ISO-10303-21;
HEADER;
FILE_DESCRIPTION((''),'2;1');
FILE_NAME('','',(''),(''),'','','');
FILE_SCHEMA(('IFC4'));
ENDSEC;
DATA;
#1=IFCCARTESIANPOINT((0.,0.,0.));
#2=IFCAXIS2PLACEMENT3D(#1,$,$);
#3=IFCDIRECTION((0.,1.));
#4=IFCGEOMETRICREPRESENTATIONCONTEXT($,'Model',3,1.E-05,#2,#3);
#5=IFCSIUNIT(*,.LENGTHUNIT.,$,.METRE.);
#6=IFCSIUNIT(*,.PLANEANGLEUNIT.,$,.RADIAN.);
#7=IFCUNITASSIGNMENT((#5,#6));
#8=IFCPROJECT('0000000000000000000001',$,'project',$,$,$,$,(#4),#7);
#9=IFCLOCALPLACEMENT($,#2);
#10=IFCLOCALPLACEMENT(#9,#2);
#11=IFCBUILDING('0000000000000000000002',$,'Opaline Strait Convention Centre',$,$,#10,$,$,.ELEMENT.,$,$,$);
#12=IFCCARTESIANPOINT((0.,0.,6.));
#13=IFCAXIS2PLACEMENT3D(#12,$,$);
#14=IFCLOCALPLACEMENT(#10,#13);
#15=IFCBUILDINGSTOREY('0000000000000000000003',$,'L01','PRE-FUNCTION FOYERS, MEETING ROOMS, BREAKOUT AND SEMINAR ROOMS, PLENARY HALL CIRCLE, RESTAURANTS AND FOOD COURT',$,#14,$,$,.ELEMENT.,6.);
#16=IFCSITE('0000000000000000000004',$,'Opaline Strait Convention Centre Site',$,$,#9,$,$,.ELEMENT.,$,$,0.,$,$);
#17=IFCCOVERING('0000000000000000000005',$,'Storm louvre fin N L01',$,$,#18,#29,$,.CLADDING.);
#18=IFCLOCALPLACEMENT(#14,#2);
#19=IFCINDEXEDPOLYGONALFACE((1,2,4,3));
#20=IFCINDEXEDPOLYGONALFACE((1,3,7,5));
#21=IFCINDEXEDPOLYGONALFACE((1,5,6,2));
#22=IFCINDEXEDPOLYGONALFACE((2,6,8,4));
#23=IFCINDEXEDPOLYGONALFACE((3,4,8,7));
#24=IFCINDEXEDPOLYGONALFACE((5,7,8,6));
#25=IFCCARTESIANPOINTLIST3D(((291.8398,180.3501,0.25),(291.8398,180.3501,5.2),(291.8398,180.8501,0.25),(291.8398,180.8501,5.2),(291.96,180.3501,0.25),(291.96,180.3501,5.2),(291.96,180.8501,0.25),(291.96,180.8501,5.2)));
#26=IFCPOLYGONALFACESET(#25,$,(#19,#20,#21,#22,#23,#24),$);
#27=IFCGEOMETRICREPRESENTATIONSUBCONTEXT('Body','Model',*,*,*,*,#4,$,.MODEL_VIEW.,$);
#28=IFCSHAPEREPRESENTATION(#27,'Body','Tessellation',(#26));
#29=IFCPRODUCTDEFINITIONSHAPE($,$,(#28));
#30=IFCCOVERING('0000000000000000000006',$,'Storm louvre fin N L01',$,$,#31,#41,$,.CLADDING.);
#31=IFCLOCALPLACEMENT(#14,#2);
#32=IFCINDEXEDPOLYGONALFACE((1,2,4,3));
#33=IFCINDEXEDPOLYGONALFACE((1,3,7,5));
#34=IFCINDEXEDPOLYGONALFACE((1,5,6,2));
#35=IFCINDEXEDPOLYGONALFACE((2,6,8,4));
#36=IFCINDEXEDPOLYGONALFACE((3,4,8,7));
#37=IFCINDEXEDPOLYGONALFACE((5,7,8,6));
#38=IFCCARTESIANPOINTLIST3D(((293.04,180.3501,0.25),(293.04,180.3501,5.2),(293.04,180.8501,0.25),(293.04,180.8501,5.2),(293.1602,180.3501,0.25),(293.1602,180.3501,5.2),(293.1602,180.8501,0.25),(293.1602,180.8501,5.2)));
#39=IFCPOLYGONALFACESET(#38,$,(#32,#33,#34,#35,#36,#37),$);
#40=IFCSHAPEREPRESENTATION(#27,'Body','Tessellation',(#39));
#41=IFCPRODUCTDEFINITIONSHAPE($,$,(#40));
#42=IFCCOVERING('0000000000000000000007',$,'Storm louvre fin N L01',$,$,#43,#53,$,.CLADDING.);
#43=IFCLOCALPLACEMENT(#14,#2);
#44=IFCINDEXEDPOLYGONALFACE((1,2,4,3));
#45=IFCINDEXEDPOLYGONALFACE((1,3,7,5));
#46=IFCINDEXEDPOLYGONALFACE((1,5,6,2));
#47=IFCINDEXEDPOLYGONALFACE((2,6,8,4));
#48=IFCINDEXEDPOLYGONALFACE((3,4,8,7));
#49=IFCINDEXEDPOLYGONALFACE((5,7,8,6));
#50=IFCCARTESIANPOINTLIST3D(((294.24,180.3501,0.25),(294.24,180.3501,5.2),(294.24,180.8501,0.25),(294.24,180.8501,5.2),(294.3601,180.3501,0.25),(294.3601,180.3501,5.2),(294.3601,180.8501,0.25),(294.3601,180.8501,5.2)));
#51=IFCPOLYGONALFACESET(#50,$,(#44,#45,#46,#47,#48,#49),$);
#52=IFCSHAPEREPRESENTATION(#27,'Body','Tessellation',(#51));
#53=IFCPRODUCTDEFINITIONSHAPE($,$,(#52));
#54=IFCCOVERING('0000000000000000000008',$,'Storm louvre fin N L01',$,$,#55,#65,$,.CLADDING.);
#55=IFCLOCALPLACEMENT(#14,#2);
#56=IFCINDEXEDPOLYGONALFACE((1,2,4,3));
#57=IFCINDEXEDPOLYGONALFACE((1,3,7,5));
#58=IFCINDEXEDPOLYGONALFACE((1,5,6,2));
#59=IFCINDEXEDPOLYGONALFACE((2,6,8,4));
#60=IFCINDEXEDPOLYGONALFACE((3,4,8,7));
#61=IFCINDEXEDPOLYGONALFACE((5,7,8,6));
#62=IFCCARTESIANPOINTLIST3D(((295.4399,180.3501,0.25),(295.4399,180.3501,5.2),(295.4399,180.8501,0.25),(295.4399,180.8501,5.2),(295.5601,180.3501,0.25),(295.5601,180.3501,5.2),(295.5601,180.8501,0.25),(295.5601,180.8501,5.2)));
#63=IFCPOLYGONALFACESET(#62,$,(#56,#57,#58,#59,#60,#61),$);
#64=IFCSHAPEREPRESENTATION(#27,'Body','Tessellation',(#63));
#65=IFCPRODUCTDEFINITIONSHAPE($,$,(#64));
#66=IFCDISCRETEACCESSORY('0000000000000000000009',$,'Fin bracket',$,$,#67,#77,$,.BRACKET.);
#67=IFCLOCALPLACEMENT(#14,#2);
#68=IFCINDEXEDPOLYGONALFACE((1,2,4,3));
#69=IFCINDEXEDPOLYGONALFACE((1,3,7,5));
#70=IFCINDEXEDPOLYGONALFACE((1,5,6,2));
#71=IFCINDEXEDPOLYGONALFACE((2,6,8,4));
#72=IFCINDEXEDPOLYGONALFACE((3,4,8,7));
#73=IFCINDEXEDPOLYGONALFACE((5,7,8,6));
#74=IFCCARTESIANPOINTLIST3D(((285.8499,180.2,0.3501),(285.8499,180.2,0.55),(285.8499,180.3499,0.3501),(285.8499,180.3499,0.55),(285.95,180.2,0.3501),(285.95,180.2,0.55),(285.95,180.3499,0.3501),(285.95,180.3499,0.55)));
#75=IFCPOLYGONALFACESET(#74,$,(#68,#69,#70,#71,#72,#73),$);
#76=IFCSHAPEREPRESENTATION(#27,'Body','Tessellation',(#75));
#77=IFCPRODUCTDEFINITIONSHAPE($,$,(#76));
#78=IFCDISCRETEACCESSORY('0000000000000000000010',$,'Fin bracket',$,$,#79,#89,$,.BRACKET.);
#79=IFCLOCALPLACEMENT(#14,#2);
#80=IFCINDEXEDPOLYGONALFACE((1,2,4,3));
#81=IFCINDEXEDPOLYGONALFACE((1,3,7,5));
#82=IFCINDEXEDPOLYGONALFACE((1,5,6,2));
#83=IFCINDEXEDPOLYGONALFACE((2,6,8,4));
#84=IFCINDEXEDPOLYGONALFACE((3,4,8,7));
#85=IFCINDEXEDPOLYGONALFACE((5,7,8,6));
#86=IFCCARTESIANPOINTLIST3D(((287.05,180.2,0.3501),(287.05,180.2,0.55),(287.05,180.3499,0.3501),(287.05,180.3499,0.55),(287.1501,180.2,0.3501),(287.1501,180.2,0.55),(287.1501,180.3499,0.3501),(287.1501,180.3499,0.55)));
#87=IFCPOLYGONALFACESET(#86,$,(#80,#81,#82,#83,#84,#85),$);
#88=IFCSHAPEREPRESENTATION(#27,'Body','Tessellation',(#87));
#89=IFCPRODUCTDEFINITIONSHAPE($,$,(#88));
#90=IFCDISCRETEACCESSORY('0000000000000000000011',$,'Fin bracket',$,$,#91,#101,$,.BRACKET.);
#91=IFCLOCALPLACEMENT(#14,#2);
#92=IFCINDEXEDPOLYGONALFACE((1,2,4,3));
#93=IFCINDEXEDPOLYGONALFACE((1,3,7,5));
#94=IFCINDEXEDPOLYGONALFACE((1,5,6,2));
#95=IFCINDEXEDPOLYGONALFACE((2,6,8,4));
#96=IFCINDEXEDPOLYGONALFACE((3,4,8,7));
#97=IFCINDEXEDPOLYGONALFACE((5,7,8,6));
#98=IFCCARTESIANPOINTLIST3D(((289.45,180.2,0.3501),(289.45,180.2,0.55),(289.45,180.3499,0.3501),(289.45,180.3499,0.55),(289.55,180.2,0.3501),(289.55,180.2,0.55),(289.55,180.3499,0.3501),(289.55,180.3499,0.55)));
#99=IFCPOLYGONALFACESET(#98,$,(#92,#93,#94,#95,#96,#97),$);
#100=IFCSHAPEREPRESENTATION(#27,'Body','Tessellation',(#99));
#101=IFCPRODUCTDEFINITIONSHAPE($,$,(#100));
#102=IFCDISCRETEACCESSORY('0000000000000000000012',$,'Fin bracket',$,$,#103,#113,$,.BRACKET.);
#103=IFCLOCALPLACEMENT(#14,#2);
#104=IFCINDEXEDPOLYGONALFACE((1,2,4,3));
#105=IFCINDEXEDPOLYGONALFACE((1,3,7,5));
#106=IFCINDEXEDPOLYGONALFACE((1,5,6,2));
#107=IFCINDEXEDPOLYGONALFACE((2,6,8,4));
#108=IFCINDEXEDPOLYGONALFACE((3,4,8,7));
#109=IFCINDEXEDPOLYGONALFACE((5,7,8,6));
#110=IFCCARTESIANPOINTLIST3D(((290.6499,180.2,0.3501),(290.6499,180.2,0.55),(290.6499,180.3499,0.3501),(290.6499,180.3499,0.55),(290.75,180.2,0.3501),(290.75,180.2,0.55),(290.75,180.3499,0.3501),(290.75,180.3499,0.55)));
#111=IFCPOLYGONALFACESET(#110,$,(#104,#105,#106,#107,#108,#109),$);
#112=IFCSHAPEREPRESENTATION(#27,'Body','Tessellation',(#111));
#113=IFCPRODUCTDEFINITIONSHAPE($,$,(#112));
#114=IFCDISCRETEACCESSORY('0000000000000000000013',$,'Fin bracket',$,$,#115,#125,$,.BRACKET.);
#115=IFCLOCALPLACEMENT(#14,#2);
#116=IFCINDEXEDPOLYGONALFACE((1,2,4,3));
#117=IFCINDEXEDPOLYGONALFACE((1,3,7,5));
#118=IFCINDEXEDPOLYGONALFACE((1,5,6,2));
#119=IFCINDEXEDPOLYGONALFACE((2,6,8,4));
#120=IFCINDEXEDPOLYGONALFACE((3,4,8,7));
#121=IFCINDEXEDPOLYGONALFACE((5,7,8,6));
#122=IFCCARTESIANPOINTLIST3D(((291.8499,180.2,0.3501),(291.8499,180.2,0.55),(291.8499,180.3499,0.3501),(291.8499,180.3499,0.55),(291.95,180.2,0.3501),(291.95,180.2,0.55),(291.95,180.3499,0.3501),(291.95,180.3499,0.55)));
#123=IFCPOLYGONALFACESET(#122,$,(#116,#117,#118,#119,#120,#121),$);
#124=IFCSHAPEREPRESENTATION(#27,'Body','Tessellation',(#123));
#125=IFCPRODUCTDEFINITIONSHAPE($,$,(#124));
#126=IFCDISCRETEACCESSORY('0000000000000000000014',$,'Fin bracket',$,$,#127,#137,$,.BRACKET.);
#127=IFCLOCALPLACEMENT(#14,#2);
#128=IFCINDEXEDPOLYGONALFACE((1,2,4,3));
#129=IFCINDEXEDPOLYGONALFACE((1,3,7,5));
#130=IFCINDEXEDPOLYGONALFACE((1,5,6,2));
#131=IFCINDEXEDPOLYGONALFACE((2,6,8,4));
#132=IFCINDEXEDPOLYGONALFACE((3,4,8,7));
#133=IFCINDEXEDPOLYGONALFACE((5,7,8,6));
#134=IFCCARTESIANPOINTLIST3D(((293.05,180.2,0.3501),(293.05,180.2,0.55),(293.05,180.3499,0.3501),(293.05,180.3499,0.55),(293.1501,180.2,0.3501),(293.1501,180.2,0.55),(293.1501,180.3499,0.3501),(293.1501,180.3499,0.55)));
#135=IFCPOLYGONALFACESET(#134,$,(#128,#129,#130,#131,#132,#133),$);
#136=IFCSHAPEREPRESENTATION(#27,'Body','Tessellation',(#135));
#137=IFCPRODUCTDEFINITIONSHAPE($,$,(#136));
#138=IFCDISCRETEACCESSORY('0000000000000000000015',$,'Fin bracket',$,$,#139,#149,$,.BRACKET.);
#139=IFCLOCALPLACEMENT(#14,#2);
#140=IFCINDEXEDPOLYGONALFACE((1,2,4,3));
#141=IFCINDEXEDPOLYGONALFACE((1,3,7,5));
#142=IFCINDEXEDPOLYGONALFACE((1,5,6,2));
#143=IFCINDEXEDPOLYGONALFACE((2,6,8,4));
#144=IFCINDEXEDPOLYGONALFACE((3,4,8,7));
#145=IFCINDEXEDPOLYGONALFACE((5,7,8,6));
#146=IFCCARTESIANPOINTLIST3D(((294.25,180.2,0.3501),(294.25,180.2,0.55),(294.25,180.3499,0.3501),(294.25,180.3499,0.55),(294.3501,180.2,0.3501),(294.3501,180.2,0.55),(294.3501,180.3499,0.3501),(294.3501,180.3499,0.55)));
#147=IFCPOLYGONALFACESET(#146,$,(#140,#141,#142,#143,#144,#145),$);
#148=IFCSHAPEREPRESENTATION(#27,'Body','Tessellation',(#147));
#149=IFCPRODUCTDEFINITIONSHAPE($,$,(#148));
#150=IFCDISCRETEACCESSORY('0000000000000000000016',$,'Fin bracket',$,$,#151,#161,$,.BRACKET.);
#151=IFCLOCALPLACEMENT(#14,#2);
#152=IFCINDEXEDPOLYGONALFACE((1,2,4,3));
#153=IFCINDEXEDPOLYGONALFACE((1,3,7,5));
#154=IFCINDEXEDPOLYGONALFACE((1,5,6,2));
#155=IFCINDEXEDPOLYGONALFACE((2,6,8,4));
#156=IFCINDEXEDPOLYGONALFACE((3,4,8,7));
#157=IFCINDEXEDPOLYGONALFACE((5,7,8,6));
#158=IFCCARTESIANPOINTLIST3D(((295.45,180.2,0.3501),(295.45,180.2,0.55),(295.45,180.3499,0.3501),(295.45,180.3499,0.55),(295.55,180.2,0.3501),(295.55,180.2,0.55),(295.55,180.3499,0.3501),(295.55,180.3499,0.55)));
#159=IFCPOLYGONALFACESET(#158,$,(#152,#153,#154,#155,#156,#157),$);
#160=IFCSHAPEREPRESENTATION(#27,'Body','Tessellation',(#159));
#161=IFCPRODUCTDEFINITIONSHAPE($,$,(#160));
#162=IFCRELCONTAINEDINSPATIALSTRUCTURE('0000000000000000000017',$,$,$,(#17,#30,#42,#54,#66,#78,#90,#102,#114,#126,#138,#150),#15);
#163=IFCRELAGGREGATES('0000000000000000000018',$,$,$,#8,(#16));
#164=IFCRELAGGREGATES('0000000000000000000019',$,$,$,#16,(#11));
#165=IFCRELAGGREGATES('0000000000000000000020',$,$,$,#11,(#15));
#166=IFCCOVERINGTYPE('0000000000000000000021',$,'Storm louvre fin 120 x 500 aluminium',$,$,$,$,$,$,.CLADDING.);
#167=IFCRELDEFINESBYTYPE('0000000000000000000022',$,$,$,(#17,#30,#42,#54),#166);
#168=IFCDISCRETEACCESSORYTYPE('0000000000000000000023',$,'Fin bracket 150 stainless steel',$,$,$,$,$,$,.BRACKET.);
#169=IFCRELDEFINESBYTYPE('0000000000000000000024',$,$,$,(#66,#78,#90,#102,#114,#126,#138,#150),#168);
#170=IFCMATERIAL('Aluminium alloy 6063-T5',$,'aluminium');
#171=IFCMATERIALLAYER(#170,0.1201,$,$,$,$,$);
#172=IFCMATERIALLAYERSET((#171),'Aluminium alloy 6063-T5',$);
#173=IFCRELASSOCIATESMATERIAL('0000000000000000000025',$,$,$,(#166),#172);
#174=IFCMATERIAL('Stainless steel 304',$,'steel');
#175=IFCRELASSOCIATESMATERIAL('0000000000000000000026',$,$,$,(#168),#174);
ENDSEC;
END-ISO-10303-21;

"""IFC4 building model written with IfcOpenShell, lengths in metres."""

from ifc_helpers import new_model, si_unit, direction, frame, origin, origin_2d, place, context, subcontext, project, spatial, rectangle, extrude, material, layer, layer_set, type_object, element, save


model = new_model("IFC4")

# Units and contexts
model_context = context("Model", 3, precision=1e-05, world=origin(), true_north=direction((0.0, 1.0)))
body_context = subcontext(model_context, "Body", "Model", "MODEL_VIEW")
ifc_project = project(units=[si_unit("LENGTHUNIT", "METRE"), si_unit("PLANEANGLEUNIT", "RADIAN")], contexts=[model_context])

# Site, building, storey
site_placement = place(None, origin())
site = spatial("IfcSite", under=ifc_project, at=site_placement, Name="Opaline Strait Convention Centre Site", CompositionType="ELEMENT", RefElevation=0.0)
building_placement = place(site_placement, origin())
building = spatial("IfcBuilding", under=site, at=building_placement, Name="Opaline Strait Convention Centre", CompositionType="ELEMENT")
storey_placement = place(building_placement, frame((0.0, 0.0, 6.0)))
storey = spatial("IfcBuildingStorey", under=building, at=storey_placement, Name="L01", Description="PRE-FUNCTION FOYERS, MEETING ROOMS, BREAKOUT AND SEMINAR ROOMS, PLENARY HALL CIRCLE, RESTAURANTS AND FOOD COURT", CompositionType="ELEMENT", Elevation=6.0)

# Shared definitions
ifc_material_1 = material(Name="Stainless steel 304", Category="steel")

# Coverings
ifc_material_2 = material(Name="Aluminium alloy 6063-T5", Category="aluminium")
ifc_layer_1 = layer(ifc_material_2, 0.1201)
ifc_layer_set_1 = layer_set([ifc_layer_1], Name="Aluminium alloy 6063-T5")
covering_type = type_object("IfcCoveringType", Name="Storm louvre fin 120 x 500 aluminium", PredefinedType="CLADDING", material=ifc_layer_set_1)
for number, where, z_axis, x_axis, name in (
    (1, (291.8999, 180.6001, 0.25), (0.0, 0.0, 1.0), (1.0, 0.0, 0.0), "Storm louvre fin N L01"),
    (2, (293.1001, 180.6001, 0.25), (0.0, 0.0, 1.0), (1.0, 0.0, 0.0), "Storm louvre fin N L01"),
    (3, (294.3, 180.6001, 0.25), (0.0, 0.0, 1.0), (1.0, 0.0, 0.0), "Storm louvre fin N L01"),
    (4, (295.5, 180.6001, 0.25), (0.0, 0.0, 1.0), (1.0, 0.0, 0.0), "Storm louvre fin N L01"),
):
    element("IfcCovering", number, at=place(storey_placement, frame(where, z_axis=z_axis, x_axis=x_axis)), inside=storey, type_object=covering_type, Name=name, PredefinedType="CLADDING", context=body_context, shape_type="SweptSolid", body=[
        extrude(rectangle(XDim=0.1201, YDim=0.5, at=origin_2d()), origin(), (0.0, 0.0, 1.0), 4.95),
    ])

# Discrete accessories
discrete_accessory_type = type_object("IfcDiscreteAccessoryType", Name="Fin bracket 150 stainless steel", PredefinedType="BRACKET", material=ifc_material_1)
for number, where, z_axis, x_axis, name in (
    (5, (285.8999, 180.2749, 0.3501), (0.0, 0.0, 1.0), (1.0, 0.0, 0.0), "Fin bracket"),
    (6, (287.1001, 180.2749, 0.3501), (0.0, 0.0, 1.0), (1.0, 0.0, 0.0), "Fin bracket"),
    (7, (289.5, 180.2749, 0.3501), (0.0, 0.0, 1.0), (1.0, 0.0, 0.0), "Fin bracket"),
    (8, (290.7, 180.2749, 0.3501), (0.0, 0.0, 1.0), (1.0, 0.0, 0.0), "Fin bracket"),
    (9, (291.8999, 180.2749, 0.3501), (0.0, 0.0, 1.0), (1.0, 0.0, 0.0), "Fin bracket"),
    (10, (293.1001, 180.2749, 0.3501), (0.0, 0.0, 1.0), (1.0, 0.0, 0.0), "Fin bracket"),
    (11, (294.3, 180.2749, 0.3501), (0.0, 0.0, 1.0), (1.0, 0.0, 0.0), "Fin bracket"),
    (12, (295.5, 180.2749, 0.3501), (0.0, 0.0, 1.0), (1.0, 0.0, 0.0), "Fin bracket"),
):
    element("IfcDiscreteAccessory", number, at=place(storey_placement, frame(where, z_axis=z_axis, x_axis=x_axis)), inside=storey, type_object=discrete_accessory_type, Name=name, PredefinedType="BRACKET", context=body_context, shape_type="SweptSolid", body=[
        extrude(rectangle(XDim=0.1001, YDim=0.1499, at=origin_2d()), origin(), (0.0, 0.0, 1.0), 0.2),
    ])

save(model, "model.ifc")
